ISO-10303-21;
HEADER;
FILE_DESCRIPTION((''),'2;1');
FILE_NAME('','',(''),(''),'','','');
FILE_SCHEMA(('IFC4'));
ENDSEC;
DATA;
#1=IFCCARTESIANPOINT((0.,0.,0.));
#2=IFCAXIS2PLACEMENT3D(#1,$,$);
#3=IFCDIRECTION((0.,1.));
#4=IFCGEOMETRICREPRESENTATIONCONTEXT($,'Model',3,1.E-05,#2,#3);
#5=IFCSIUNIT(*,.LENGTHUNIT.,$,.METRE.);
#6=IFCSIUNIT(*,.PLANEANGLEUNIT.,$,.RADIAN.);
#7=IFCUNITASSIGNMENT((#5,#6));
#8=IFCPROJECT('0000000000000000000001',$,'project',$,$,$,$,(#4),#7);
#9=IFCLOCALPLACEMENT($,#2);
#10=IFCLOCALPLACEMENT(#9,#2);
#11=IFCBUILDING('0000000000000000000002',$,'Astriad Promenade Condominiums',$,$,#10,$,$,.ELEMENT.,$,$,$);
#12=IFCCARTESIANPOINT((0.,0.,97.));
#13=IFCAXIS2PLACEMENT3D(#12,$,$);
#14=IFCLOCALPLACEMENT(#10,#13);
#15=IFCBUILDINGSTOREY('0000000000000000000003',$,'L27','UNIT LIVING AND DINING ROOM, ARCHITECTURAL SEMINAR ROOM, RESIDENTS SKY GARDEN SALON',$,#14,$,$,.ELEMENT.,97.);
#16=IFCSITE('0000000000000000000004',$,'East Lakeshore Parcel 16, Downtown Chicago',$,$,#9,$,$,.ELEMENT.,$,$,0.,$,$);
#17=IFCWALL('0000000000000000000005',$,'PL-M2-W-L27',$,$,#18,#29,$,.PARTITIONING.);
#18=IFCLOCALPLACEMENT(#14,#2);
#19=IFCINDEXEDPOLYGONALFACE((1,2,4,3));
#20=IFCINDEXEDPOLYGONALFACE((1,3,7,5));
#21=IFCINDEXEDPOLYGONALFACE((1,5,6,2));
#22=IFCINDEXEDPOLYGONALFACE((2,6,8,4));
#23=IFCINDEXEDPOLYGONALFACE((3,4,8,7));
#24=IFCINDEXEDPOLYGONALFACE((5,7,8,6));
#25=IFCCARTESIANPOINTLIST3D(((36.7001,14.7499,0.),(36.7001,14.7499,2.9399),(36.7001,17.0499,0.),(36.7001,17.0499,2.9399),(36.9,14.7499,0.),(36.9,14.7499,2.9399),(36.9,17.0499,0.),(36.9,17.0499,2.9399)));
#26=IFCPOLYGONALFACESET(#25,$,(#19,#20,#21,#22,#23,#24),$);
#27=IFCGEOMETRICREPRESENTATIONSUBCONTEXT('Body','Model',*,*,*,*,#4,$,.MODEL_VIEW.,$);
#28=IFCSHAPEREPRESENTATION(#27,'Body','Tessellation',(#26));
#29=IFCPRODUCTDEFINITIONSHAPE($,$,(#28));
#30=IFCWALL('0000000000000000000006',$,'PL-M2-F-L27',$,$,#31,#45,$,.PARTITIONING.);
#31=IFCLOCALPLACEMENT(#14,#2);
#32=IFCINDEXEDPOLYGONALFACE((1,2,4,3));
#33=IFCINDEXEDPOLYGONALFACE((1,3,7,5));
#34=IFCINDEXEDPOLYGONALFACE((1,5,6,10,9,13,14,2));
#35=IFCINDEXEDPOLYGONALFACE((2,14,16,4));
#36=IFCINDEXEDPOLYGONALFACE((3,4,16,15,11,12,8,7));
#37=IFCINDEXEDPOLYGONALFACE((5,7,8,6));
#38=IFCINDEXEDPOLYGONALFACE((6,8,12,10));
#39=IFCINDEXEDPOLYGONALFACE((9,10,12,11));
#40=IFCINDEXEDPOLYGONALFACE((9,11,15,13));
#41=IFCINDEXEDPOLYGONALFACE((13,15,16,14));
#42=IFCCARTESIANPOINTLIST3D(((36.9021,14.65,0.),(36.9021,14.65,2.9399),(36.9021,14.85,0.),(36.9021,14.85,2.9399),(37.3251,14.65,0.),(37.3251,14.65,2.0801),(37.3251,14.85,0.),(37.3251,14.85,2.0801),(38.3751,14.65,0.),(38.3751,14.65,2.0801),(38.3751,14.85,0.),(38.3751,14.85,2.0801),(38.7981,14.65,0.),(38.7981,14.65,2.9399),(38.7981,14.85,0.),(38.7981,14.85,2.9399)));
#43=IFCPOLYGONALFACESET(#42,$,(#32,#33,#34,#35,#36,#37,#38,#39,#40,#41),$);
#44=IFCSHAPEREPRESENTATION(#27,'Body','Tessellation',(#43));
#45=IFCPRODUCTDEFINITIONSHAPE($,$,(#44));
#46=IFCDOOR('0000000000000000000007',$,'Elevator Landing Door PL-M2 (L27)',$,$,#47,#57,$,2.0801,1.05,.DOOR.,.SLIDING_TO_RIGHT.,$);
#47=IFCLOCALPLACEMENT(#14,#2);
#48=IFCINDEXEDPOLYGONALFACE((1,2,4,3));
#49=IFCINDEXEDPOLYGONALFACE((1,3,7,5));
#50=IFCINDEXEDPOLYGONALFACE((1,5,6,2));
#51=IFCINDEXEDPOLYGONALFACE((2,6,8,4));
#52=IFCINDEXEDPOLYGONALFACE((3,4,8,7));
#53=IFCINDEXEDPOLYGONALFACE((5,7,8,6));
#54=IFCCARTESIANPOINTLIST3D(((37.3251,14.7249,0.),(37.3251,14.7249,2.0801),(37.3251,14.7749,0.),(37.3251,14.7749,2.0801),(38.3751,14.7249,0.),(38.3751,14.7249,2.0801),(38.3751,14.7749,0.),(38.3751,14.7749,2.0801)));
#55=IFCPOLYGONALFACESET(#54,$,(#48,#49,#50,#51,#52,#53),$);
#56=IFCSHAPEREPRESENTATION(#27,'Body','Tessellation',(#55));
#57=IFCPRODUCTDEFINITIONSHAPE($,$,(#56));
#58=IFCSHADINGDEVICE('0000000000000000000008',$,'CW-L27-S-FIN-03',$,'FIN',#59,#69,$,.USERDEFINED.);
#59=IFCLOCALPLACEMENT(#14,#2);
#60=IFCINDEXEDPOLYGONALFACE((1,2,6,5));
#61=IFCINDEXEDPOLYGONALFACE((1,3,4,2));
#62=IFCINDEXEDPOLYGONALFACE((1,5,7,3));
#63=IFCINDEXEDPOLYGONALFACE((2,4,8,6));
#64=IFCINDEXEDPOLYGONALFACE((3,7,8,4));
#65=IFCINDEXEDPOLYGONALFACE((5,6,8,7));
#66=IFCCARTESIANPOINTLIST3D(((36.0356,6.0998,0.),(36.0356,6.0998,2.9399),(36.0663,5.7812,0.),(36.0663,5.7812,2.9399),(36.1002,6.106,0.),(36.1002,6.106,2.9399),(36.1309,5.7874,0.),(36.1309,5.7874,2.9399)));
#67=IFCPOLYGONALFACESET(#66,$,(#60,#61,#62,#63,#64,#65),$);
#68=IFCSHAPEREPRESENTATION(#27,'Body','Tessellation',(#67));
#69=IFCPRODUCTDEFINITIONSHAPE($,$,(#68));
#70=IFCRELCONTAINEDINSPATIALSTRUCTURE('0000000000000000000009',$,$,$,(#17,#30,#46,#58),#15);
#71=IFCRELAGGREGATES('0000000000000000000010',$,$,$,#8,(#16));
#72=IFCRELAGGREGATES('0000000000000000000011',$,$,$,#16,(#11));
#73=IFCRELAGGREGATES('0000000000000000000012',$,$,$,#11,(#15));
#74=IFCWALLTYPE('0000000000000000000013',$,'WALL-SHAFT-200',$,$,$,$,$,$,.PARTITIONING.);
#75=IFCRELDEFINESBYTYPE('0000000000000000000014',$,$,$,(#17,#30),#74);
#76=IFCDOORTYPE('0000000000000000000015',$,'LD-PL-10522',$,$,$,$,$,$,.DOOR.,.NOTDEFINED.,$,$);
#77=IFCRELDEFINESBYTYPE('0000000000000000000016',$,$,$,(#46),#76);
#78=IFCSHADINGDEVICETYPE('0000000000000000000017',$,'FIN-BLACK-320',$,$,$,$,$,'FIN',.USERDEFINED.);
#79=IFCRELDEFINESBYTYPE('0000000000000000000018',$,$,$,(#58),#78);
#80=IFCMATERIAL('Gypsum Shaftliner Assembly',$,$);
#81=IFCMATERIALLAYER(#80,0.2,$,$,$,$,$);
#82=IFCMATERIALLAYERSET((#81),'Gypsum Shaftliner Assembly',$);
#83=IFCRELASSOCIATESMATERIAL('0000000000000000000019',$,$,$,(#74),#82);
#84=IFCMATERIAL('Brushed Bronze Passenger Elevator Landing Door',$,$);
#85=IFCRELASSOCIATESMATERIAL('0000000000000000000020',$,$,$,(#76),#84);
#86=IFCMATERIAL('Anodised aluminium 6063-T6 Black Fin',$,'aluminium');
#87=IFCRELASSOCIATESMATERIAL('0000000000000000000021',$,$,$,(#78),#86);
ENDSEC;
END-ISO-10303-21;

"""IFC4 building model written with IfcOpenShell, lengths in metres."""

from ifc_helpers import new_model, si_unit, direction, frame, frame_2d, origin, origin_2d, place, context, subcontext, project, spatial, rectangle, extrude, source, transform, mapped, material, layer, layer_set, type_object, type_shapes, element, fill, save


model = new_model("IFC4")

# Units and contexts
model_context = context("Model", 3, precision=1e-05, world=origin(), true_north=direction((0.0, 1.0)))
body_context = subcontext(model_context, "Body", "Model", "MODEL_VIEW")
ifc_project = project(units=[si_unit("LENGTHUNIT", "METRE"), si_unit("PLANEANGLEUNIT", "RADIAN")], contexts=[model_context])

# Site, building, storey
site_placement = place(None, origin())
site = spatial("IfcSite", under=ifc_project, at=site_placement, Name="East Lakeshore Parcel 16, Downtown Chicago", CompositionType="ELEMENT", RefElevation=0.0)
building_placement = place(site_placement, origin())
building = spatial("IfcBuilding", under=site, at=building_placement, Name="Astriad Promenade Condominiums", CompositionType="ELEMENT")
storey_placement = place(building_placement, frame((0.0, 0.0, 97.0)))
storey = spatial("IfcBuildingStorey", under=building, at=storey_placement, Name="L27", Description="UNIT LIVING AND DINING ROOM, ARCHITECTURAL SEMINAR ROOM, RESIDENTS SKY GARDEN SALON", CompositionType="ELEMENT", Elevation=97.0)

# Shared definitions
ifc_material_1 = material(Name="Gypsum Shaftliner Assembly")
ifc_layer_1 = layer(ifc_material_1, 0.2)
ifc_layer_set_1 = layer_set([ifc_layer_1], Name="Gypsum Shaftliner Assembly")
wall_type_1 = type_object("IfcWallType", Name="WALL-SHAFT-200", PredefinedType="PARTITIONING", material=ifc_layer_set_1)

# Shared definitions
ifc_material_2 = material(Name="Brushed Bronze Passenger Elevator Landing Door")
door_type_1 = type_object("IfcDoorType", Name="LD-PL-10522", OperationType="NOTDEFINED", PredefinedType="DOOR", material=ifc_material_2)
shared_shape_1 = source(origin(), body_context, "Body", "SweptSolid", [
    extrude(rectangle(XDim=1.05, YDim=2.0801, at=frame_2d((0.5249, 1.04))), frame((0.0, 0.0249, 0.0), z_axis=(0.0, -1.0, 0.0), x_axis=(1.0, 0.0, 0.0)), (0.0, 0.0, 1.0), 0.05),
])
type_shapes(door_type_1, [shared_shape_1])

# Wall
wall_1_placement = place(storey_placement, frame((36.8, 14.75, 0.0), z_axis=(0.0, 0.0, 1.0), x_axis=(0.0, 1.0, 0.0)))
element("IfcWall", 1, at=wall_1_placement, inside=storey, type_object=wall_type_1, Name="PL-M2-W-L27", PredefinedType="PARTITIONING", context=body_context, shape_type="SweptSolid", body=[
    extrude(rectangle(XDim=2.3, YDim=0.2, at=frame_2d((1.1499, 0.0))), origin(), (0.0, 0.0, 1.0), 2.9399),
])

# Wall, opening, door
wall_2_placement = place(storey_placement, frame((36.9021, 14.75, 0.0), z_axis=(0.0, 0.0, 1.0), x_axis=(1.0, 0.0, 0.0)))
wall_2 = element("IfcWall", 2, at=wall_2_placement, inside=storey, type_object=wall_type_1, Name="PL-M2-F-L27", PredefinedType="PARTITIONING", context=body_context, shape_type="SweptSolid", body=[
    extrude(rectangle(XDim=1.896, YDim=0.2, at=frame_2d((0.948, 0.0))), origin(), (0.0, 0.0, 1.0), 2.9399),
])
opening_1_placement = place(wall_2_placement, frame((0.4231, 0.0, 0.0)))
opening_1 = element("IfcOpeningElement", 3, at=opening_1_placement, cuts=wall_2, PredefinedType="OPENING", context=body_context, shape_type="SweptSolid", body=[
    extrude(rectangle(XDim=1.05, YDim=2.0801, at=frame_2d((0.5249, 1.04))), frame((0.0, 0.1099, 0.0), z_axis=(0.0, -1.0, 0.0), x_axis=(1.0, 0.0, 0.0)), (0.0, 0.0, 1.0), 0.22),
])
door_1_placement = place(opening_1_placement, origin())
door_1 = element("IfcDoor", 4, at=door_1_placement, inside=storey, type_object=door_type_1, Name="Elevator Landing Door PL-M2 (L27)", OperationType="SLIDING_TO_RIGHT", OverallHeight=2.0801, OverallWidth=1.05, PredefinedType="DOOR", context=body_context, shape_type="MappedRepresentation", body=[
    mapped(shared_shape_1, transform((0.0, 0.0, 0.0), scale=1.0)),
])
fill(opening_1, door_1)

# Shading device
ifc_material_3 = material(Name="Anodised aluminium 6063-T6 Black Fin", Category="aluminium")
shading_device_type = type_object("IfcShadingDeviceType", Name="FIN-BLACK-320", ElementType="FIN", PredefinedType="USERDEFINED", material=ifc_material_3)
shared_shape_2 = source(origin(), body_context, "Body", "SweptSolid", [
    extrude(rectangle(XDim=0.0649, YDim=0.3201, at=origin_2d()), origin(), (0.0, 0.0, 1.0), 2.9399),
])
type_shapes(shading_device_type, [shared_shape_2])
shading_device_placement = place(storey_placement, frame((36.0833, 5.9436, 0.0), z_axis=(0.0, 0.0, 1.0), x_axis=(-0.995396, -0.095846, 0.0)))
element("IfcShadingDevice", 5, at=shading_device_placement, inside=storey, type_object=shading_device_type, Name="CW-L27-S-FIN-03", ObjectType="FIN", PredefinedType="USERDEFINED", context=body_context, shape_type="MappedRepresentation", body=[
    mapped(shared_shape_2, transform((0.0, 0.0, 0.0), scale=1.0)),
])

save(model, "model.ifc")
